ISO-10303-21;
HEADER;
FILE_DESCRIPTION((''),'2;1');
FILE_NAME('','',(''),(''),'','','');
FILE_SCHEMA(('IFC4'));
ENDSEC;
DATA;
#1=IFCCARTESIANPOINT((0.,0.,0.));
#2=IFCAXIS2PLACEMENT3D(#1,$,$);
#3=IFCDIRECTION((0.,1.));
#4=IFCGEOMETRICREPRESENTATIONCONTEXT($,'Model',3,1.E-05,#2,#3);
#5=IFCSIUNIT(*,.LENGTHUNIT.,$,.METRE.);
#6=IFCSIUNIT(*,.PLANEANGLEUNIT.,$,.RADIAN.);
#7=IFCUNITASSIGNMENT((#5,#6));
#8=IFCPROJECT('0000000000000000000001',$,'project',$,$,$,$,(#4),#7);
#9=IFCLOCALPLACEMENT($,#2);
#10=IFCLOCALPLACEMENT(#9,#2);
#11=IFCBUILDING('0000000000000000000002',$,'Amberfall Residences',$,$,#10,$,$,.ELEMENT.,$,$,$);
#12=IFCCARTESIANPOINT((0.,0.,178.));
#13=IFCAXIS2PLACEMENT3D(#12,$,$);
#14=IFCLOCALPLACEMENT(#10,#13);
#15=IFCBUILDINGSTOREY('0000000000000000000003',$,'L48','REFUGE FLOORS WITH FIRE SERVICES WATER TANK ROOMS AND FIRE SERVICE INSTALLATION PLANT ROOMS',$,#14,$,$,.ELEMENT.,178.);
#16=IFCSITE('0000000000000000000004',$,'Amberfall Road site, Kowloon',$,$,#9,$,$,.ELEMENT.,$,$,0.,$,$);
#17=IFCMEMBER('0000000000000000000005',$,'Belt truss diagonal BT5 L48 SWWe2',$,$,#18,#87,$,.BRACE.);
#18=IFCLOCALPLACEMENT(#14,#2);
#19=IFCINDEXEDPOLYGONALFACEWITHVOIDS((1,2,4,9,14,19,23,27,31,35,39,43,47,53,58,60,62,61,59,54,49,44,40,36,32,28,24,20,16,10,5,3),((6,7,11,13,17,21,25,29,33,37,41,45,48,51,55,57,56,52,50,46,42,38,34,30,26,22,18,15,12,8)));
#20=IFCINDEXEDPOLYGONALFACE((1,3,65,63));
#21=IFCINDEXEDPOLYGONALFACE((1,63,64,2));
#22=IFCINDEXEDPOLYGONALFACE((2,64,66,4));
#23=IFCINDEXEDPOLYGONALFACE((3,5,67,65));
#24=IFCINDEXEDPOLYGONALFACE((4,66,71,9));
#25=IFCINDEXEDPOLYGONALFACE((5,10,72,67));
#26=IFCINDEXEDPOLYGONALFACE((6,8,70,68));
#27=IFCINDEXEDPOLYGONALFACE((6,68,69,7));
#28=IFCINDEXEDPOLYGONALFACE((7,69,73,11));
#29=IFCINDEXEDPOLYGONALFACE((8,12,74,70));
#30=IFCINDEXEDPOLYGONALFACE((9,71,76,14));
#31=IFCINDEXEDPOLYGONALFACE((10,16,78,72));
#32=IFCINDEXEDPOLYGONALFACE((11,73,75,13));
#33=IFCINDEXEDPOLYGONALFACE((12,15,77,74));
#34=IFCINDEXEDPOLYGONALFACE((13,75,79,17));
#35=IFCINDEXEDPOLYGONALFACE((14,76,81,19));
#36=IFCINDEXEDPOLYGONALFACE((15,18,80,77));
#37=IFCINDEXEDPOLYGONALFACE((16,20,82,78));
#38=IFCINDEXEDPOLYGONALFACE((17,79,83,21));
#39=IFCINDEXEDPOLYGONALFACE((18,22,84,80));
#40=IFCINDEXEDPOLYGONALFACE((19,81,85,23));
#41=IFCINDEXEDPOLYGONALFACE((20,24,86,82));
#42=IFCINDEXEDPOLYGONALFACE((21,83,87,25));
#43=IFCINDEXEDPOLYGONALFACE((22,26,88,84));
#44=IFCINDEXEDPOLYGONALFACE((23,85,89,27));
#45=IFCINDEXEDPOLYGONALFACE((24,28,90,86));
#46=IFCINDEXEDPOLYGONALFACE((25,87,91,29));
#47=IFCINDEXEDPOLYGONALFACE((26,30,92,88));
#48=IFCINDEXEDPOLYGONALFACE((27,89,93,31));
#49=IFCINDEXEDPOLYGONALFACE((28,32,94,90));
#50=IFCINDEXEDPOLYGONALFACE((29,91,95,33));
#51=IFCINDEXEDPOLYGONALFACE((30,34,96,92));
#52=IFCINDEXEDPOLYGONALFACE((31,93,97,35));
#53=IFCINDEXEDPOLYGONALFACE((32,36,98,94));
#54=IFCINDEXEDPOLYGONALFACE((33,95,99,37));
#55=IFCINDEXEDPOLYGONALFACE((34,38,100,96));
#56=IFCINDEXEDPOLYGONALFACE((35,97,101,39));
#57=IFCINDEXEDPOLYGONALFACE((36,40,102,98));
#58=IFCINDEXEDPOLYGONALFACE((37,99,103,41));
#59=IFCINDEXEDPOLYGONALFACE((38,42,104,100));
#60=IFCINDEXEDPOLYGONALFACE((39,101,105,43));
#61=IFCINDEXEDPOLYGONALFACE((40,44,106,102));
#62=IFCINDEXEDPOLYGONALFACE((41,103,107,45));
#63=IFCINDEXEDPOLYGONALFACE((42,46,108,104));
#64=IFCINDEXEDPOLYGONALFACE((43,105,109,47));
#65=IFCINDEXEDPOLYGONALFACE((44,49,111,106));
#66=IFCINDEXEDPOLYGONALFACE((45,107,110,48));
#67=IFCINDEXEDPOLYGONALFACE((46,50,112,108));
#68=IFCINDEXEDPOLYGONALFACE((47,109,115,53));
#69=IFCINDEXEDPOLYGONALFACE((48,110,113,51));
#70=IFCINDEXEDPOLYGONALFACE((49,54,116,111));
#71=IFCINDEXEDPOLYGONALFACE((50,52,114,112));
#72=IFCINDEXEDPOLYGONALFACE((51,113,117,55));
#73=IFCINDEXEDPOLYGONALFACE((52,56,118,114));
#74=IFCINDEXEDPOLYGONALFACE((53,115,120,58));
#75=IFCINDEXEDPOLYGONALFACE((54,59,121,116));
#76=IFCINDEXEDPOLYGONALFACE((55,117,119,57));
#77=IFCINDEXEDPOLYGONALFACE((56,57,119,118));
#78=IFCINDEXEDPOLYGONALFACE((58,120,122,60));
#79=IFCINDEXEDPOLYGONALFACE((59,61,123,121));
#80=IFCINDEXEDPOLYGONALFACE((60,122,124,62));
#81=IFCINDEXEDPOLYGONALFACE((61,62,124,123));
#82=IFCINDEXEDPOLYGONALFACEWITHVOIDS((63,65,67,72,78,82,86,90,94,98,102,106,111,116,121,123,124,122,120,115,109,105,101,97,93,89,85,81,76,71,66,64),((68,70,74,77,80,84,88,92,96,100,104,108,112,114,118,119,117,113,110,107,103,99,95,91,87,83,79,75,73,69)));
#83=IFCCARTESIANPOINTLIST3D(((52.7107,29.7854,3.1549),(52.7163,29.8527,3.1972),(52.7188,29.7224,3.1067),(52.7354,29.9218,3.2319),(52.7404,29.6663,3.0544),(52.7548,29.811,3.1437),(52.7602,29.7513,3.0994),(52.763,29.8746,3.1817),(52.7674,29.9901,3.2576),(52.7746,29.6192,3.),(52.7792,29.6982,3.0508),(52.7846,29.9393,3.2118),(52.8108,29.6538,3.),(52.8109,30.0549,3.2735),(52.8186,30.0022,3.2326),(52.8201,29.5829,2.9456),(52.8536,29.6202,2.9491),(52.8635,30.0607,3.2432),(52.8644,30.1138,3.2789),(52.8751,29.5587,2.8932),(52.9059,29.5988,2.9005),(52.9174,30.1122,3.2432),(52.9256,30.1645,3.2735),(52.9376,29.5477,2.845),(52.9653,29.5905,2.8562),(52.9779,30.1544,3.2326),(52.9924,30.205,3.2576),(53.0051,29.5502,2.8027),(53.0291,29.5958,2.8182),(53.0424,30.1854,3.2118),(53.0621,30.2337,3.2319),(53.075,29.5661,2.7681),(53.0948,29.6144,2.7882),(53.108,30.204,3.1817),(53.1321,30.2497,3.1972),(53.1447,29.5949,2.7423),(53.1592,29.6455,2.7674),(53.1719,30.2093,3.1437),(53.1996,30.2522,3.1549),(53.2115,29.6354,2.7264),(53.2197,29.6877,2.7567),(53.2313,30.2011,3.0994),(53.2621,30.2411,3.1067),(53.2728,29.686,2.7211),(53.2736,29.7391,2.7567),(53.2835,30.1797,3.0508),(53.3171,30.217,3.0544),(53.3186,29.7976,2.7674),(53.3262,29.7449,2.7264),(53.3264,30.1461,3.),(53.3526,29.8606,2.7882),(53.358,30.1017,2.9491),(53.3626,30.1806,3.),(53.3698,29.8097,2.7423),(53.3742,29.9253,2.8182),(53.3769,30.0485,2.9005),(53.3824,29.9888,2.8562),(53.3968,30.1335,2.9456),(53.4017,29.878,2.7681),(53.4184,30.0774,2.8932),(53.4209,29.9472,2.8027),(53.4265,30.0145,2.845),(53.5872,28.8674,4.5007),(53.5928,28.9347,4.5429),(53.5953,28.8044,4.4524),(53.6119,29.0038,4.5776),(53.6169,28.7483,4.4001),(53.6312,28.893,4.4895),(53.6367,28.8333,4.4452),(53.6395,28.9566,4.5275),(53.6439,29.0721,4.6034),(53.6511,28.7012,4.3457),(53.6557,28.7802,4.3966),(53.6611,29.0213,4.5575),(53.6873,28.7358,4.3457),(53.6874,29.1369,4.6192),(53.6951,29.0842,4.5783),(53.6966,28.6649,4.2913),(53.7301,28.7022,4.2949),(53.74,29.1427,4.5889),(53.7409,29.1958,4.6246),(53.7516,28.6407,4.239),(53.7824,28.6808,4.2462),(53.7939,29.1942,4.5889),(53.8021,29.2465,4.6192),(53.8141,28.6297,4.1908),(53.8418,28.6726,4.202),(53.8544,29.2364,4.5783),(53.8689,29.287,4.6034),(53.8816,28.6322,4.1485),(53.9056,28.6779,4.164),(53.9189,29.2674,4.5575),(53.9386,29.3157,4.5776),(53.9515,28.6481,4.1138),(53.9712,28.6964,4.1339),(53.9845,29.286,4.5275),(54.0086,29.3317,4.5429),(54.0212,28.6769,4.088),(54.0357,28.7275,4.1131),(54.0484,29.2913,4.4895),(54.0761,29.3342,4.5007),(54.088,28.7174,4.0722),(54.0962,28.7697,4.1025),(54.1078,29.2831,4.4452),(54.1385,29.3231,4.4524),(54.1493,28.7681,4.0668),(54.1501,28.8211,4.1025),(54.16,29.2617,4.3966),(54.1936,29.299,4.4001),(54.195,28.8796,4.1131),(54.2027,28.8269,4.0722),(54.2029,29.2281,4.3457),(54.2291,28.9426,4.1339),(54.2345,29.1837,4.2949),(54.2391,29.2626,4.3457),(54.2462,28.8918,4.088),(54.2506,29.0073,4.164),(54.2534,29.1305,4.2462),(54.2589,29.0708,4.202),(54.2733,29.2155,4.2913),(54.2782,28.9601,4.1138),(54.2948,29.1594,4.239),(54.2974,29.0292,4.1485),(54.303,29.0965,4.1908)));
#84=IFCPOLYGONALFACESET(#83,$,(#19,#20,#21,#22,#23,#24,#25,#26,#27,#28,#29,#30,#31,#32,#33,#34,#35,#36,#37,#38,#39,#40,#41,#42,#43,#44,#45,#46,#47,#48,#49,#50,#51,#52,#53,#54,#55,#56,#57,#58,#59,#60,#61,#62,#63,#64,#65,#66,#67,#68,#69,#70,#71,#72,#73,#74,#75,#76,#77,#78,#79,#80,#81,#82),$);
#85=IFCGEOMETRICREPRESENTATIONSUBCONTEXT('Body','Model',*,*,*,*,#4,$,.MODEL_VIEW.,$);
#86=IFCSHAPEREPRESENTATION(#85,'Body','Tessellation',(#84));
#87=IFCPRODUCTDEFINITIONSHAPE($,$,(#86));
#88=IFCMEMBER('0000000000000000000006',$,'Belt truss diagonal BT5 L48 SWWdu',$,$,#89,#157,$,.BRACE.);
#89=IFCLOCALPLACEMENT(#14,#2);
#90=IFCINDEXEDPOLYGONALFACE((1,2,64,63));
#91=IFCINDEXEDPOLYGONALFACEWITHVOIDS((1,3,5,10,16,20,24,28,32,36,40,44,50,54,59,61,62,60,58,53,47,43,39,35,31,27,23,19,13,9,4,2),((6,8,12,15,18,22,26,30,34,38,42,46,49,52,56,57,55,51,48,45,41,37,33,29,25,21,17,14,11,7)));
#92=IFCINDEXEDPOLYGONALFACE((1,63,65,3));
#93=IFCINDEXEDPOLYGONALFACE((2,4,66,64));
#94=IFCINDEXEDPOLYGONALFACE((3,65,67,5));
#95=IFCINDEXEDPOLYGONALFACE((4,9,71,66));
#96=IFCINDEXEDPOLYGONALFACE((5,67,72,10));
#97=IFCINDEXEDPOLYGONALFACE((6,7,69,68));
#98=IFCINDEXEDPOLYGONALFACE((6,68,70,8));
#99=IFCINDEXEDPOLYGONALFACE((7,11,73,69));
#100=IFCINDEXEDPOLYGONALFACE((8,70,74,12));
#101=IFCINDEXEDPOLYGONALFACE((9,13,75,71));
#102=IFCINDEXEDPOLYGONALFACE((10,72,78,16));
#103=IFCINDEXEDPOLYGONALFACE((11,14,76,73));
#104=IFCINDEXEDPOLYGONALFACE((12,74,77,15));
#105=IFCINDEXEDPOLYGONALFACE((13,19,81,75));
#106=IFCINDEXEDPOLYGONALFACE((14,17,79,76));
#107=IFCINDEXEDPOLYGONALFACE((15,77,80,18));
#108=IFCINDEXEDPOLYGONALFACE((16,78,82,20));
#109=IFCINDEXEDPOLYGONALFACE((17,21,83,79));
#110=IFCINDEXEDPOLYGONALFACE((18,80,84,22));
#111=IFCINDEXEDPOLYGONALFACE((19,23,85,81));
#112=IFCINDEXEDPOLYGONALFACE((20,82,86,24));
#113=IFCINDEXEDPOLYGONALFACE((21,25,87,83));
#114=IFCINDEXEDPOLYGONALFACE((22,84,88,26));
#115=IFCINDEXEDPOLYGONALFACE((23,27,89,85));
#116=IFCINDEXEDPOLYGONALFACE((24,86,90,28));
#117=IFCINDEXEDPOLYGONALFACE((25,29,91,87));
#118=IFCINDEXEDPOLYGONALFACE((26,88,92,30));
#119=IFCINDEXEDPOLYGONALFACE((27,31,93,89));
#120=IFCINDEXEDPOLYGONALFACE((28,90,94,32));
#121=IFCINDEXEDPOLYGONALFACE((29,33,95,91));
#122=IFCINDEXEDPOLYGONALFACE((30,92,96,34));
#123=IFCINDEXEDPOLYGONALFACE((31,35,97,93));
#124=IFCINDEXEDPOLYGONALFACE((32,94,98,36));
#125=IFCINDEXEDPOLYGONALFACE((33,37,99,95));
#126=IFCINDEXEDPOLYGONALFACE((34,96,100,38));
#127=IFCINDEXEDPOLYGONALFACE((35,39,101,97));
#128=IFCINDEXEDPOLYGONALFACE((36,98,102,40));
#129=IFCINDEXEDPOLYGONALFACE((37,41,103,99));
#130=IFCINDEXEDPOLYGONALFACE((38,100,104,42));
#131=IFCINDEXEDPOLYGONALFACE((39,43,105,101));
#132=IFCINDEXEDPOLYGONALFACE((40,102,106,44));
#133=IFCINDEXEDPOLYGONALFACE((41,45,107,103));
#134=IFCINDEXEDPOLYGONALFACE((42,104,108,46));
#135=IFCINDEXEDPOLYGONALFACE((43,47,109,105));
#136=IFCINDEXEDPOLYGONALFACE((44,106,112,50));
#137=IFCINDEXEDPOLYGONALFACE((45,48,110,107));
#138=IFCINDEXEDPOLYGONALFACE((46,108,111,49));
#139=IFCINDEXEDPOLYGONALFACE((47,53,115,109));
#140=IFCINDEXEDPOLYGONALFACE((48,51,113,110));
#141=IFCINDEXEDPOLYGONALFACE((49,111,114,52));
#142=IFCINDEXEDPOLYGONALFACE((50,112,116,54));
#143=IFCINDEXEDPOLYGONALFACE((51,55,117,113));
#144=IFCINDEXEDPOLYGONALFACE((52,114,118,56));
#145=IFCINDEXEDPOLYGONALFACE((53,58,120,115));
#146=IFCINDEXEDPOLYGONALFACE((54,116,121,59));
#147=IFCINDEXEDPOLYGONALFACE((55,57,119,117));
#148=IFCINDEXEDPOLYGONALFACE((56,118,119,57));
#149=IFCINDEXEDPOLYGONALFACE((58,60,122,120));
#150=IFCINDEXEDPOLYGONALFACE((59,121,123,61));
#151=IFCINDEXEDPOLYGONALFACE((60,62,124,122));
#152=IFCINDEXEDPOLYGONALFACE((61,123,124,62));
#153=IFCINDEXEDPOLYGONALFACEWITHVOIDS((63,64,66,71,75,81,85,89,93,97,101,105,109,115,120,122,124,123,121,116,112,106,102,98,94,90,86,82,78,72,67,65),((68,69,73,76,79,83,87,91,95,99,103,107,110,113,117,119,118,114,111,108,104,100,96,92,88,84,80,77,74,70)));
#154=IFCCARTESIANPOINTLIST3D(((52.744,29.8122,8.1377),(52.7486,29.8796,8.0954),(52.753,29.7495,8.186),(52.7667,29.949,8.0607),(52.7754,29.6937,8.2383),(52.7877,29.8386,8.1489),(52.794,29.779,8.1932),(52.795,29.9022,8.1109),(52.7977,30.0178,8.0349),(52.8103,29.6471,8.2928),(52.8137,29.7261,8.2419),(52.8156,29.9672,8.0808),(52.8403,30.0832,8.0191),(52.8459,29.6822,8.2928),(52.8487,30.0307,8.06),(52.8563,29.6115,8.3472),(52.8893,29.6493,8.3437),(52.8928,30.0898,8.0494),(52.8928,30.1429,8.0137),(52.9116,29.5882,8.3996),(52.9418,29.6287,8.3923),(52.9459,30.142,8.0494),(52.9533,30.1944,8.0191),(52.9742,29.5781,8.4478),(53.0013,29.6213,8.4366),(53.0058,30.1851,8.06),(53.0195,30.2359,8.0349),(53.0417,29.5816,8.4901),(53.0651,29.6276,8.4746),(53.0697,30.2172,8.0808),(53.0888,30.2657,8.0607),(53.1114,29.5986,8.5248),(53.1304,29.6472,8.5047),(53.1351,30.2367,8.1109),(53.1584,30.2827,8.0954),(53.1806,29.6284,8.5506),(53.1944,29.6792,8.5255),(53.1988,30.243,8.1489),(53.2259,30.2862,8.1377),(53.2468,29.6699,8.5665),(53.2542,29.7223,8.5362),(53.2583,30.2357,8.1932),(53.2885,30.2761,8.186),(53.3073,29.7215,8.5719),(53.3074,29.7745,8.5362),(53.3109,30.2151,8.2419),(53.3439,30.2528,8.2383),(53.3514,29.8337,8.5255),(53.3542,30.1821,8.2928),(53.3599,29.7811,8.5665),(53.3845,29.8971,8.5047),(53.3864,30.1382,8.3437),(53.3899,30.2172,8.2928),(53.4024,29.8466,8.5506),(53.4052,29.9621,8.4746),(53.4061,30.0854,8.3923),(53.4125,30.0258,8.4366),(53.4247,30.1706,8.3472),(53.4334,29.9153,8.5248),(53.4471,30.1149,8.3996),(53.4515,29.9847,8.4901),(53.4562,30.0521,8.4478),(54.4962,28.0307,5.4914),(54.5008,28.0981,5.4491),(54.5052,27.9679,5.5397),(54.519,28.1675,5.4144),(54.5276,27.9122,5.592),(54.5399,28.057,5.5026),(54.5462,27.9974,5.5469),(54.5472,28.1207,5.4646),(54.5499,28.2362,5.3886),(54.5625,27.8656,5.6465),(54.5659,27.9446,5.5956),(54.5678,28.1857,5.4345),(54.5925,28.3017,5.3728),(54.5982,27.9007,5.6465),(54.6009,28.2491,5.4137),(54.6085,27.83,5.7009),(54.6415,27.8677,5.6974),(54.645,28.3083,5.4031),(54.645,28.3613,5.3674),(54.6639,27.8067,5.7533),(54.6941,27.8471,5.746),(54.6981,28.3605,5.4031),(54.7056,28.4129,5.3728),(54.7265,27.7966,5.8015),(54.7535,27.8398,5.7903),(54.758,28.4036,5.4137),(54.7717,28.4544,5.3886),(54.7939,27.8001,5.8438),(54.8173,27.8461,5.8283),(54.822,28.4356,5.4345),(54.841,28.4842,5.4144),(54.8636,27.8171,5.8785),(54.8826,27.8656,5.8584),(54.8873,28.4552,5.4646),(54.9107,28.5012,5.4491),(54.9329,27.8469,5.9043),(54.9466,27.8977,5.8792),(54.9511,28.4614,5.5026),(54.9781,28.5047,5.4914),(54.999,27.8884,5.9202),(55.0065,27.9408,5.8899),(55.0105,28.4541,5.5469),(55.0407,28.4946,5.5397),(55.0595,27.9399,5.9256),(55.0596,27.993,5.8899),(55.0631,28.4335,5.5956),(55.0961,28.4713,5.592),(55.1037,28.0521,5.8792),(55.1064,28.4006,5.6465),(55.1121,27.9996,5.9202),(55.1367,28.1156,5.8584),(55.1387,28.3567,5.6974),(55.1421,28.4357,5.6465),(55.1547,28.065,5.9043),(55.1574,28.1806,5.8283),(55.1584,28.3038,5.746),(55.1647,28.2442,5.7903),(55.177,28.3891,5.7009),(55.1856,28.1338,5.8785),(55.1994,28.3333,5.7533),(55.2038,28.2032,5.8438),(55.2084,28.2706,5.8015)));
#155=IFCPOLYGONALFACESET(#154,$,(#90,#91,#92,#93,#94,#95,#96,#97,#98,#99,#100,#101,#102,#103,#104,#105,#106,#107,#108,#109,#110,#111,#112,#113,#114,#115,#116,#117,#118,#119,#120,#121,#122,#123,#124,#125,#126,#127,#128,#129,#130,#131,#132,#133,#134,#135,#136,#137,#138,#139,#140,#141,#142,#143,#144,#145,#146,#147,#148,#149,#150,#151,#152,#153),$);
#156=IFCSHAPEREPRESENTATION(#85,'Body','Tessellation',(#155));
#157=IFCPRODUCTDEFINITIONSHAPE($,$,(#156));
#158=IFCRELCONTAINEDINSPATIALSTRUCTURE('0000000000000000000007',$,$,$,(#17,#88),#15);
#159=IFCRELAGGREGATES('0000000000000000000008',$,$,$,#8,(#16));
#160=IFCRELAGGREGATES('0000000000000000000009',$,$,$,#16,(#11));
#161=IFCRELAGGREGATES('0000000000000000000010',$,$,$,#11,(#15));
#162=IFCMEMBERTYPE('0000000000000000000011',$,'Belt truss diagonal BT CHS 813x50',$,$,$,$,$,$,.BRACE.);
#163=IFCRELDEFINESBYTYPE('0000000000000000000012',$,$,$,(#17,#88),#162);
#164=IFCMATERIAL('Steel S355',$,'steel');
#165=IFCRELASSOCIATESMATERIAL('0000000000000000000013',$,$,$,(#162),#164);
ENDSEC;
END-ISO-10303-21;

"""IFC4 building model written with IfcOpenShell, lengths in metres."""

from ifc_helpers import new_model, si_unit, direction, frame, origin, origin_2d, place, context, subcontext, project, spatial, hollow_circle, extrude, material, material_profile, profile_set, type_object, element, save


model = new_model("IFC4")

# Units and contexts
model_context = context("Model", 3, precision=1e-05, world=origin(), true_north=direction((0.0, 1.0)))
body_context = subcontext(model_context, "Body", "Model", "MODEL_VIEW")
ifc_project = project(units=[si_unit("LENGTHUNIT", "METRE"), si_unit("PLANEANGLEUNIT", "RADIAN")], contexts=[model_context])

# Site, building, storey
site_placement = place(None, origin())
site = spatial("IfcSite", under=ifc_project, at=site_placement, Name="Amberfall Road site, Kowloon", CompositionType="ELEMENT", RefElevation=0.0)
building_placement = place(site_placement, origin())
building = spatial("IfcBuilding", under=site, at=building_placement, Name="Amberfall Residences", CompositionType="ELEMENT")
storey_placement = place(building_placement, frame((0.0, 0.0, 178.0)))
storey = spatial("IfcBuildingStorey", under=building, at=storey_placement, Name="L48", Description="REFUGE FLOORS WITH FIRE SERVICES WATER TANK ROOMS AND FIRE SERVICE INSTALLATION PLANT ROOMS", CompositionType="ELEMENT", Elevation=178.0)

# Shared definitions
ifc_material_1 = material(Name="Steel S355", Category="steel")

# Members
ifc_material_profile_1 = material_profile(ifc_material_1, hollow_circle(Radius=0.4065, WallThickness=0.05, at=origin_2d()), Name="CHS 813x50")
ifc_profile_set_1 = profile_set([ifc_material_profile_1], Name="Steel S355")
member_type = type_object("IfcMemberType", Name="Belt truss diagonal BT CHS 813x50", PredefinedType="BRACE", material=ifc_profile_set_1)
member_1_placement = place(storey_placement, frame((53.9451, 28.9819, 4.3457), z_axis=(-0.473815, 0.496252, -0.727484), x_axis=(-0.723268, -0.690567, 0.0)))
element("IfcMember", 1, at=member_1_placement, inside=storey, type_object=member_type, Name="Belt truss diagonal BT5 L48 SWWe2", PredefinedType="BRACE", context=body_context, shape_type="SweptSolid", body=[
    extrude(hollow_circle(Radius=0.4065, WallThickness=0.05, at=origin_2d()), origin(), (0.0, 0.0, 1.0), 1.8499),
])
member_2_placement = place(storey_placement, frame((54.8523, 28.1506, 5.6465), z_axis=(-0.481429, 0.489479, 0.727074), x_axis=(-0.712945, -0.70122, 0.0)))
element("IfcMember", 2, at=member_2_placement, inside=storey, type_object=member_type, Name="Belt truss diagonal BT5 L48 SWWdu", PredefinedType="BRACE", context=body_context, shape_type="SweptSolid", body=[
    extrude(hollow_circle(Radius=0.4065, WallThickness=0.05, at=origin_2d()), origin(), (0.0, 0.0, 1.0), 3.6396),
])

save(model, "model.ifc")
